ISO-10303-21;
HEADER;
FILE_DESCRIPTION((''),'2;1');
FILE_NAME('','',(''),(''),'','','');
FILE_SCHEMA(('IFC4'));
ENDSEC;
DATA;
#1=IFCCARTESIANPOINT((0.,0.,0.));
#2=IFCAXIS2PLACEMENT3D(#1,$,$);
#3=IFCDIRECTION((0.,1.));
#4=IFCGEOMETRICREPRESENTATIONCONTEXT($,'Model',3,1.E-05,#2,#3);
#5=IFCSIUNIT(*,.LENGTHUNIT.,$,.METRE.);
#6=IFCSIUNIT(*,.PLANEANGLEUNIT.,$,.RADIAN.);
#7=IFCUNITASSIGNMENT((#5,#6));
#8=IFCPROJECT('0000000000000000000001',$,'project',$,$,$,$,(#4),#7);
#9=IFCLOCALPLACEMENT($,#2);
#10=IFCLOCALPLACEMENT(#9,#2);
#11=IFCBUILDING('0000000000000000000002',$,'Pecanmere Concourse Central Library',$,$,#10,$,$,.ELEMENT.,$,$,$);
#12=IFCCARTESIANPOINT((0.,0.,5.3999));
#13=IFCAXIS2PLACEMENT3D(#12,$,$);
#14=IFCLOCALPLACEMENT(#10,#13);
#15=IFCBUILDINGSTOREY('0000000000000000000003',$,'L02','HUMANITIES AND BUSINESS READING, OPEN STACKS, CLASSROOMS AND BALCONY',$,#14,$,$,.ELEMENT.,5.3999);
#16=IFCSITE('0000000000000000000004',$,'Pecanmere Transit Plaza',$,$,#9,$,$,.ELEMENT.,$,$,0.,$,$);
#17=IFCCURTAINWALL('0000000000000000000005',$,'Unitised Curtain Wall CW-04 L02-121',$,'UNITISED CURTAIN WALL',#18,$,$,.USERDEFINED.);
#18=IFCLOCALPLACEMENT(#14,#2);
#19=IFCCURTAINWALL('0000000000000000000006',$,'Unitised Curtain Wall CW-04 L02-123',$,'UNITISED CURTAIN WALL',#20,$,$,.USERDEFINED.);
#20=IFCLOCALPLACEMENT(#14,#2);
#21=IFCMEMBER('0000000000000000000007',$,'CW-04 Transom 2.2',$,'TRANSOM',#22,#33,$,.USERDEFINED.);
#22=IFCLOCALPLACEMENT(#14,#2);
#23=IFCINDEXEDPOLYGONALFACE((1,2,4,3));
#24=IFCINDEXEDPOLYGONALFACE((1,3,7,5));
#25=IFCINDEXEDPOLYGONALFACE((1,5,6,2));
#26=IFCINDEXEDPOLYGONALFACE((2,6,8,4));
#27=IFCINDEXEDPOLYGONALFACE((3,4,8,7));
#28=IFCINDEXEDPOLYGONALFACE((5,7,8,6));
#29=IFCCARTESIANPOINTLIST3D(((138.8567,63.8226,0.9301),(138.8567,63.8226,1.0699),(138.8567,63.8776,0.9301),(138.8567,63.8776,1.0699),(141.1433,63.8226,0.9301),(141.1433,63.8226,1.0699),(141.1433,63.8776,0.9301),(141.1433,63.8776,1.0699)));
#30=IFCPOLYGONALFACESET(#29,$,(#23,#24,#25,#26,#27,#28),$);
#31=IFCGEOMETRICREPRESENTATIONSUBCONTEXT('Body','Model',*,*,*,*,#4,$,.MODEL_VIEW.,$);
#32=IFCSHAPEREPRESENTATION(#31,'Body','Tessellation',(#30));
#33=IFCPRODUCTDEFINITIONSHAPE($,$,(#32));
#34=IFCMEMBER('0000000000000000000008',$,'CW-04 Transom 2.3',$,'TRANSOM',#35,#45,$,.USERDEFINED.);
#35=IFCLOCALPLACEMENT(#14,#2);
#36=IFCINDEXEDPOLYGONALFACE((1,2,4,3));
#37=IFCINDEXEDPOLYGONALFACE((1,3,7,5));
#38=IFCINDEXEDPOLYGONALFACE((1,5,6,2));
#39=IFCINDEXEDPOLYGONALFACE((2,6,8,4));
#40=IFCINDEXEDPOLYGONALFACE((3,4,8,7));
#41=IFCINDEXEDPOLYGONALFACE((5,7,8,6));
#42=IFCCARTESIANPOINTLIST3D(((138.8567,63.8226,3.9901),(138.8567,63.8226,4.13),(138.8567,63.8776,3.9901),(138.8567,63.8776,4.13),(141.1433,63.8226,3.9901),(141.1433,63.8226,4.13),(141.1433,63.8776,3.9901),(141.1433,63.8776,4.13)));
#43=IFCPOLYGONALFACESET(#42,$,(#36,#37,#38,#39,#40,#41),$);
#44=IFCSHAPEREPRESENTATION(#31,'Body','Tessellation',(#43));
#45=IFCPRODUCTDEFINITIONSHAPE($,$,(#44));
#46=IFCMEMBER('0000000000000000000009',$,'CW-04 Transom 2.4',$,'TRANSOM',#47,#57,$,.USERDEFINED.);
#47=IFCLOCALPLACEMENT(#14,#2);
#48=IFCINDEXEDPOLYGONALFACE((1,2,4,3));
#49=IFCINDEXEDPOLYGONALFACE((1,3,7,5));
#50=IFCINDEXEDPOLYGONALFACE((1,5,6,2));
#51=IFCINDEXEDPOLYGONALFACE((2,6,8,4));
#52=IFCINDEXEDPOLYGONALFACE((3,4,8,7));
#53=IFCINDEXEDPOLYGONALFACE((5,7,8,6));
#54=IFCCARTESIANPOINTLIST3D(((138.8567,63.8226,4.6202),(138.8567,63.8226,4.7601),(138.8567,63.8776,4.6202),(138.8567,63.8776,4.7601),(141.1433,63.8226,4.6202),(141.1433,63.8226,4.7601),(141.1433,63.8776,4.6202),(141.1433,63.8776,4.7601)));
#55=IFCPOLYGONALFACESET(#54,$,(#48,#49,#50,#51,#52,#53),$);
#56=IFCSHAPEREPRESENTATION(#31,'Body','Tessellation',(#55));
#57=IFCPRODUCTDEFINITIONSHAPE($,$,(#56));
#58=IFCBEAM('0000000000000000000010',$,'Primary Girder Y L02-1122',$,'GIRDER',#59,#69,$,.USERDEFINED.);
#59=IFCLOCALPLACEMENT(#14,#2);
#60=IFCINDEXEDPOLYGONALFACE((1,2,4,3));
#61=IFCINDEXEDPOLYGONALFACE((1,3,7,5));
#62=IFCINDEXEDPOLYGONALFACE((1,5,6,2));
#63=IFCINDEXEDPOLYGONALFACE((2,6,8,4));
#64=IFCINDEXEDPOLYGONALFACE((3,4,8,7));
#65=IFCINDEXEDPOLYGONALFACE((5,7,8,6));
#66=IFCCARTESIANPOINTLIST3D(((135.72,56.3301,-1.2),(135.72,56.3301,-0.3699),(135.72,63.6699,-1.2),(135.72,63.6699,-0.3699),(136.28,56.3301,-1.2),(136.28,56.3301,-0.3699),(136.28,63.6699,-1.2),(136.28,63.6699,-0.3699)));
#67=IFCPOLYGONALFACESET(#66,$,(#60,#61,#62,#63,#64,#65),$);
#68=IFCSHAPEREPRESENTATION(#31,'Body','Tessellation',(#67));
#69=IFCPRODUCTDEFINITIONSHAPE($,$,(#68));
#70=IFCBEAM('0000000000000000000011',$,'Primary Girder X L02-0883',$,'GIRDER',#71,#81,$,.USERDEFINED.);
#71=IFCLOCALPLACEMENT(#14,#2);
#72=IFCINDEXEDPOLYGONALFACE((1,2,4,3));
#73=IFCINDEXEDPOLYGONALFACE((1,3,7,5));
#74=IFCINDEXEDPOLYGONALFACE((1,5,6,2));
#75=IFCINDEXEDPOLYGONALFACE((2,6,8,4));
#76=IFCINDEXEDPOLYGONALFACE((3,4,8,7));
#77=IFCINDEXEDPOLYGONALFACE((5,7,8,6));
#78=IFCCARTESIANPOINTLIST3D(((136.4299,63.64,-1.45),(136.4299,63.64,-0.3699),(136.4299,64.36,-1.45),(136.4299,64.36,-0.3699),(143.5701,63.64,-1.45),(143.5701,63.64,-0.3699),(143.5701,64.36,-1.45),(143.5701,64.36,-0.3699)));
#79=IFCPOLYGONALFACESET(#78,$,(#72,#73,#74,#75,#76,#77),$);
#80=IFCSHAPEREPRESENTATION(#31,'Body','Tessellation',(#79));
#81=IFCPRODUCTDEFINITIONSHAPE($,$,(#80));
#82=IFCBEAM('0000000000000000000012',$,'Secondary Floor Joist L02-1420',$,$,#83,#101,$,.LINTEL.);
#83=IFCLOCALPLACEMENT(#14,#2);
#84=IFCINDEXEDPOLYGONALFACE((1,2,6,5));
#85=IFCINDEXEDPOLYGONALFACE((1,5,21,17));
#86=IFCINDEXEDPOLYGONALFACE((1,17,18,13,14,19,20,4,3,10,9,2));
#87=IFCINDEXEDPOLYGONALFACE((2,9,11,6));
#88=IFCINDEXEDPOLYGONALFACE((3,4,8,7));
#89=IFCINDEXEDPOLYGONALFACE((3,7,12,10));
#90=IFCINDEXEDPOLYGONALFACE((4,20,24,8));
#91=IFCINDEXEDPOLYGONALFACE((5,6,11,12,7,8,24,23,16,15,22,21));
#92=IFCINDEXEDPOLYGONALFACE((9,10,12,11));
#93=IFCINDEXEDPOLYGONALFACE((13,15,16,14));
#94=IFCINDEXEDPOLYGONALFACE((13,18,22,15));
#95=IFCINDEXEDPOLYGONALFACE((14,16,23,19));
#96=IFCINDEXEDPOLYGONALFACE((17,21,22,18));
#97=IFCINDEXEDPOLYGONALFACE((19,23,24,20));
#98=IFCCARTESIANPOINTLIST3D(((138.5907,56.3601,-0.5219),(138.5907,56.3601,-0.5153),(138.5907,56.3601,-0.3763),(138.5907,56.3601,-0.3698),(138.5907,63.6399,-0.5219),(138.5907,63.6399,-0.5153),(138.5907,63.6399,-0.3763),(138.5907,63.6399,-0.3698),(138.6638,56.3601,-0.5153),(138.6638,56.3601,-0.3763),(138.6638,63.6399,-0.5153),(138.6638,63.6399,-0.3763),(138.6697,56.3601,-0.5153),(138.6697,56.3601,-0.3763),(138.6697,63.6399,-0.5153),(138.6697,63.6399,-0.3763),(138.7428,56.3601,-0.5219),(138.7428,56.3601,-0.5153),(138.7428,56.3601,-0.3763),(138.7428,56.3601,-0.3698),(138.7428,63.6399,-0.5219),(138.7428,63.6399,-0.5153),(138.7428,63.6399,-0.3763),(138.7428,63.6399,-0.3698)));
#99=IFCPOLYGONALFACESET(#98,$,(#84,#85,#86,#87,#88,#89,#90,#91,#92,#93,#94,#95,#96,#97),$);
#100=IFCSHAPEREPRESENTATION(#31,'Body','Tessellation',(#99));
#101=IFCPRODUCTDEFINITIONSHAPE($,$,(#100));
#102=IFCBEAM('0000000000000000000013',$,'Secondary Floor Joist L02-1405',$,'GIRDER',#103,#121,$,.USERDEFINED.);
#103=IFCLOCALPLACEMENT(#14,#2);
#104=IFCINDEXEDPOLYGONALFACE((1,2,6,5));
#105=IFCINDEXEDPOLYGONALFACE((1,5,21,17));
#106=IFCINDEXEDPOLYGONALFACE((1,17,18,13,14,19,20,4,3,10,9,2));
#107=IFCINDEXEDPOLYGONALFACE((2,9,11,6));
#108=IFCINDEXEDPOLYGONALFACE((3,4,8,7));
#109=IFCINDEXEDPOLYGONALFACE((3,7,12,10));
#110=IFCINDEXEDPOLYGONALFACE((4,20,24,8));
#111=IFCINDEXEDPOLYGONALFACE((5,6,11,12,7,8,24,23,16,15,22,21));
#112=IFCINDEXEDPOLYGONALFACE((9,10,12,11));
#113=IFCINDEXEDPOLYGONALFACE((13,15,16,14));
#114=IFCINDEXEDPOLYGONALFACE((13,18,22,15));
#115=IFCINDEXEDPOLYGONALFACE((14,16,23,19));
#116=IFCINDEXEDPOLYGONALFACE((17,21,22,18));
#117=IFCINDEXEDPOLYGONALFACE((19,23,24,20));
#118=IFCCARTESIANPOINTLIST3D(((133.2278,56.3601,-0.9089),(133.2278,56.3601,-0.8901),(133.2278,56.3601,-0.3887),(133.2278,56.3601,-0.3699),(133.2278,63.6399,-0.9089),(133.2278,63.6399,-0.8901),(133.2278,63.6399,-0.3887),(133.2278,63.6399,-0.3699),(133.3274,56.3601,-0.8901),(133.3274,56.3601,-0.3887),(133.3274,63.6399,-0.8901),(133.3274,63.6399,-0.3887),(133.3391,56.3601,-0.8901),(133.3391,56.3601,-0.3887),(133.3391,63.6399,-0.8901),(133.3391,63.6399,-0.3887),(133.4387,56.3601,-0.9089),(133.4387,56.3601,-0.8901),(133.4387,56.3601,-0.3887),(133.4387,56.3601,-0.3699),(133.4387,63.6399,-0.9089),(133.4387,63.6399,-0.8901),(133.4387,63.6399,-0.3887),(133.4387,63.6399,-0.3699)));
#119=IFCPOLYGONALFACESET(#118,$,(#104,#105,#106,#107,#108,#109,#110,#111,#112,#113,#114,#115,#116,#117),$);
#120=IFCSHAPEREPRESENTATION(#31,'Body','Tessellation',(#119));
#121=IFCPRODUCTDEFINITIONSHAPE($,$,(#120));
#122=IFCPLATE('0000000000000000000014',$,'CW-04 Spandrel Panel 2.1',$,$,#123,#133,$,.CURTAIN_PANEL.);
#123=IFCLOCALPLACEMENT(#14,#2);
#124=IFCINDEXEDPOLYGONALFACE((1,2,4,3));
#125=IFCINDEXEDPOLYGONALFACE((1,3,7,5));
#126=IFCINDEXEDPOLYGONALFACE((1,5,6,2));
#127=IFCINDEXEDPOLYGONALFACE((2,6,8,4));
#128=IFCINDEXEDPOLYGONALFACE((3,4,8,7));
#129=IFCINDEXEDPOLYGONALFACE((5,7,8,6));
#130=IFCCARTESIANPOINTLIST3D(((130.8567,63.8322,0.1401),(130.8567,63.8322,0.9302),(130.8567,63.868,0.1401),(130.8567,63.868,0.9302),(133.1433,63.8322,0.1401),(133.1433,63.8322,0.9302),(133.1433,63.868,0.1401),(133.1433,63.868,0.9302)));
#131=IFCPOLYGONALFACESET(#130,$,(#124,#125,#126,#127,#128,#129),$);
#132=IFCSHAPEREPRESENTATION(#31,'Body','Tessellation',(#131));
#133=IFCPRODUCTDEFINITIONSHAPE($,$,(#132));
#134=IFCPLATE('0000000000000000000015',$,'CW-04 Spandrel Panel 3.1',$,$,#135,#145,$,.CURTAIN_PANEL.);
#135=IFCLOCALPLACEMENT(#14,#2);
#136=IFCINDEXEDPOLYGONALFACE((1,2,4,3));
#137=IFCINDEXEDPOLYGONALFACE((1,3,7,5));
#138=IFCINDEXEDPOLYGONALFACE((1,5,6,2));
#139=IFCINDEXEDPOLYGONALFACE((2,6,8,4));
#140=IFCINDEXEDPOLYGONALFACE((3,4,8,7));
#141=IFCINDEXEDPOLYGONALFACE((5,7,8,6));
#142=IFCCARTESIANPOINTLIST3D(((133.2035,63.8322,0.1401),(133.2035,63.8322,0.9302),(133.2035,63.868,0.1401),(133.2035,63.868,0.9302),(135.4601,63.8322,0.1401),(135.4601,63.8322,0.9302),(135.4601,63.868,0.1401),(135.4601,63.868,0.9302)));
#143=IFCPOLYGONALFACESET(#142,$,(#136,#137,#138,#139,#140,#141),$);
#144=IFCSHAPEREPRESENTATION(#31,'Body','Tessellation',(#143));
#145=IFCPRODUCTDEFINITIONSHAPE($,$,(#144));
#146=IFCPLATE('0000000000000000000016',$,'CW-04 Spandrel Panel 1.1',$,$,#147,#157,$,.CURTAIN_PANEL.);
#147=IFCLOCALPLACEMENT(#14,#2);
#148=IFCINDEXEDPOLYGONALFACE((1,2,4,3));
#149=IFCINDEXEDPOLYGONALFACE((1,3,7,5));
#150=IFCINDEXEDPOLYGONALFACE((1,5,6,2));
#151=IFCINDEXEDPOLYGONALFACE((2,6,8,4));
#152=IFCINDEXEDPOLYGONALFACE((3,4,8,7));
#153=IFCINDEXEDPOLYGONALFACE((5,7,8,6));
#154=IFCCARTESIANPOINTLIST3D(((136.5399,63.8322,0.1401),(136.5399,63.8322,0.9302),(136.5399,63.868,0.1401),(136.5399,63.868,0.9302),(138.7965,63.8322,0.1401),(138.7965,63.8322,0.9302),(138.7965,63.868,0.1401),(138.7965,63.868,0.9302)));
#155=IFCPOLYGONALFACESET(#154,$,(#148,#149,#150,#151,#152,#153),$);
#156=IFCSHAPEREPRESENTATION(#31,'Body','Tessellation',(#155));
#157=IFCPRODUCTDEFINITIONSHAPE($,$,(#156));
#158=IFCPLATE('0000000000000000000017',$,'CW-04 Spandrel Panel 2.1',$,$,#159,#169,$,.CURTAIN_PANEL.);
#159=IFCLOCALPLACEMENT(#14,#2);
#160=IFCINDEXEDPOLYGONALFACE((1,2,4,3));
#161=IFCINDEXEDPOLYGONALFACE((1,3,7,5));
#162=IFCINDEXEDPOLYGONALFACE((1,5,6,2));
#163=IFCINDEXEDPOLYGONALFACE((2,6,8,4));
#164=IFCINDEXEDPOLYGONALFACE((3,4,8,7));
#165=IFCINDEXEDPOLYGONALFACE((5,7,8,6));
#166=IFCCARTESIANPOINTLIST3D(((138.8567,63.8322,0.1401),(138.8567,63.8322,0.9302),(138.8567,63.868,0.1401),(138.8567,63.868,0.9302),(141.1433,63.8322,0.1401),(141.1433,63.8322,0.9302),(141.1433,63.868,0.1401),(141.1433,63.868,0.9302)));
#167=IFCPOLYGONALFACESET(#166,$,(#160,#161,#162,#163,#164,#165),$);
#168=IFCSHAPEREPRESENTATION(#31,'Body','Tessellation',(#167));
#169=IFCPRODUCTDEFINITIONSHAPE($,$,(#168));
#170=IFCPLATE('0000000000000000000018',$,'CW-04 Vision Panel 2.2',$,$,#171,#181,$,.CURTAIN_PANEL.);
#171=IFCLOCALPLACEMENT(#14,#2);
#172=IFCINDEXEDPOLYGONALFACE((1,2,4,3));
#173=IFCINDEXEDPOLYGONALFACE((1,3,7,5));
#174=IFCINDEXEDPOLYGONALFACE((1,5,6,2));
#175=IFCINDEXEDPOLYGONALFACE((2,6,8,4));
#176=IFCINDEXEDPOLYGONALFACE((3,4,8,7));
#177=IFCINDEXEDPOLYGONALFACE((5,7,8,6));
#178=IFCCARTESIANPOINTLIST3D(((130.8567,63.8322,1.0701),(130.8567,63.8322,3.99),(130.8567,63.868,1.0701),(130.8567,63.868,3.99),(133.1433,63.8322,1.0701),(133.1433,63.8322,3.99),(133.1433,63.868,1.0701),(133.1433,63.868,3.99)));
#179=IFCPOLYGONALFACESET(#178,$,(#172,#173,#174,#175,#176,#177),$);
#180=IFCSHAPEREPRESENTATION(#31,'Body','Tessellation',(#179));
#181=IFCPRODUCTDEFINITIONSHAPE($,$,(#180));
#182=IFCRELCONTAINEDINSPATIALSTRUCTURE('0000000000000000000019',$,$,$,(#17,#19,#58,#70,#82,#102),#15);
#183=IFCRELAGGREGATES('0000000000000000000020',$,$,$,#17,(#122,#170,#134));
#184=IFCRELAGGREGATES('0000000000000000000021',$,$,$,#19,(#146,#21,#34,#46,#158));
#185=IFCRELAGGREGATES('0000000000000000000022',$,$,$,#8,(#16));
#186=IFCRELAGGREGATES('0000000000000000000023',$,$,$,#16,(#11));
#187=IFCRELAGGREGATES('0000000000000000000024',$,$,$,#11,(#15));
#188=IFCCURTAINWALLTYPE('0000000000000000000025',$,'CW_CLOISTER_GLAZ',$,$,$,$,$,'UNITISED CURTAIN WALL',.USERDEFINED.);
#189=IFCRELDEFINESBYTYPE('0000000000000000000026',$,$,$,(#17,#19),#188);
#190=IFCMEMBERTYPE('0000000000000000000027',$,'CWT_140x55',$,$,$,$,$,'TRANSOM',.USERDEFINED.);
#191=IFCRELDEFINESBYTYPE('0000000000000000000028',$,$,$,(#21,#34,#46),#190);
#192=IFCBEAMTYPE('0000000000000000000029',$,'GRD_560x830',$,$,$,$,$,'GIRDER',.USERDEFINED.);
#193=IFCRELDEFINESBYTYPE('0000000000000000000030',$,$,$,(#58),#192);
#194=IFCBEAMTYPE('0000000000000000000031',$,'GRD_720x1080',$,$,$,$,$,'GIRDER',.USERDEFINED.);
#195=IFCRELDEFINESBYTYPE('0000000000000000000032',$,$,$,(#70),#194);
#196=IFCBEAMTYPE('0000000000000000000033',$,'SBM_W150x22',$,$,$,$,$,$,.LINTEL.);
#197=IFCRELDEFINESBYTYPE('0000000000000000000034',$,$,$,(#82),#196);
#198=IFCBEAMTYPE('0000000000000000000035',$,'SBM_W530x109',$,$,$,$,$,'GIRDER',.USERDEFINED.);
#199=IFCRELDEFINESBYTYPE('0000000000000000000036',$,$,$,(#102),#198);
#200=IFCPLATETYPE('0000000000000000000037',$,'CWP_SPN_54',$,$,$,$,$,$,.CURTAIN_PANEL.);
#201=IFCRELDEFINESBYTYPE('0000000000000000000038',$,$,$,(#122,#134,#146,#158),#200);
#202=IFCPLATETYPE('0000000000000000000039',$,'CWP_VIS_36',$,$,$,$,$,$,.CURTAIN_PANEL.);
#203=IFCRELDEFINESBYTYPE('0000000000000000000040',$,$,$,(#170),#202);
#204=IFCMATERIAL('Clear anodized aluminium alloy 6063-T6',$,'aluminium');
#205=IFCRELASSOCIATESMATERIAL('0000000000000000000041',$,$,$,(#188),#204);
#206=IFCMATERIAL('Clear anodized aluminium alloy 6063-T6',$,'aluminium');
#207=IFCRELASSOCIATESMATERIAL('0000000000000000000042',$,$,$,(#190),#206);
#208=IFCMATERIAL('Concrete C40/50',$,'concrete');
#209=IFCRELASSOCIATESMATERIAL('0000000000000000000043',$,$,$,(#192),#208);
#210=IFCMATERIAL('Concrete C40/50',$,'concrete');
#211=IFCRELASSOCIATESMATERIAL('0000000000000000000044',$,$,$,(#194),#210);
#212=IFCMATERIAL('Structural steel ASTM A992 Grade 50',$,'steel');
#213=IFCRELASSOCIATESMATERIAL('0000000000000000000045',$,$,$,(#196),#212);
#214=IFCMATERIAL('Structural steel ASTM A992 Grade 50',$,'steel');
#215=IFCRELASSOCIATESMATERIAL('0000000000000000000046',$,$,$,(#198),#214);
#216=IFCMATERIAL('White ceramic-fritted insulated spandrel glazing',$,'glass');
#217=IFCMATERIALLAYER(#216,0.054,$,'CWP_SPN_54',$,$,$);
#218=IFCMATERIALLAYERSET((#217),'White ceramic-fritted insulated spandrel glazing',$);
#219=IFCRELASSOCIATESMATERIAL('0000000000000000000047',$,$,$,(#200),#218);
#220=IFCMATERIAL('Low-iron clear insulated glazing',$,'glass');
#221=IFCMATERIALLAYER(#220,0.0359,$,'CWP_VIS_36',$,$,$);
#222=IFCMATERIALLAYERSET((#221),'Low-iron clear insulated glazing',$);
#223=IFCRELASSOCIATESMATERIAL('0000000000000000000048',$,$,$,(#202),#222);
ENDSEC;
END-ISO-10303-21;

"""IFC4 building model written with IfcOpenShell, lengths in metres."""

from ifc_helpers import new_model, si_unit, direction, frame, origin, origin_2d, place, context, subcontext, project, spatial, rectangle, i_section, extrude, material, layer, layer_set, material_profile, profile_set, type_object, element, aggregate, save


model = new_model("IFC4")

# Units and contexts
model_context = context("Model", 3, precision=1e-05, world=origin(), true_north=direction((0.0, 1.0)))
body_context = subcontext(model_context, "Body", "Model", "MODEL_VIEW")
ifc_project = project(units=[si_unit("LENGTHUNIT", "METRE"), si_unit("PLANEANGLEUNIT", "RADIAN")], contexts=[model_context])

# Site, building, storey
site_placement = place(None, origin())
site = spatial("IfcSite", under=ifc_project, at=site_placement, Name="Pecanmere Transit Plaza", CompositionType="ELEMENT", RefElevation=0.0)
building_placement = place(site_placement, origin())
building = spatial("IfcBuilding", under=site, at=building_placement, Name="Pecanmere Concourse Central Library", CompositionType="ELEMENT")
storey_placement = place(building_placement, frame((0.0, 0.0, 5.3999)))
storey = spatial("IfcBuildingStorey", under=building, at=storey_placement, Name="L02", Description="HUMANITIES AND BUSINESS READING, OPEN STACKS, CLASSROOMS AND BALCONY", CompositionType="ELEMENT", Elevation=5.3999)

# Curtain walls
ifc_material_1 = material(Name="Clear anodized aluminium alloy 6063-T6", Category="aluminium")
curtain_wall_type = type_object("IfcCurtainWallType", Name="CW_CLOISTER_GLAZ", ElementType="UNITISED CURTAIN WALL", PredefinedType="USERDEFINED", material=ifc_material_1)
curtain_wall_1_placement = place(storey_placement, origin())
curtain_wall_1 = element("IfcCurtainWall", 1, at=curtain_wall_1_placement, inside=storey, type_object=curtain_wall_type, Name="Unitised Curtain Wall CW-04 L02-121", ObjectType="UNITISED CURTAIN WALL", PredefinedType="USERDEFINED")
curtain_wall_2_placement = place(storey_placement, origin())
curtain_wall_2 = element("IfcCurtainWall", 2, at=curtain_wall_2_placement, inside=storey, type_object=curtain_wall_type, Name="Unitised Curtain Wall CW-04 L02-123", ObjectType="UNITISED CURTAIN WALL", PredefinedType="USERDEFINED")

# Members
ifc_material_2 = material(Name="Clear anodized aluminium alloy 6063-T6", Category="aluminium")
ifc_material_profile_1 = material_profile(ifc_material_2, rectangle(XDim=0.0549, YDim=0.1399, at=origin_2d()), Name="AL 55x140")
ifc_profile_set_1 = profile_set([ifc_material_profile_1], Name="Clear anodized aluminium alloy 6063-T6")
member_type_1 = type_object("IfcMemberType", Name="CWT_140x55", ElementType="TRANSOM", PredefinedType="USERDEFINED", material=ifc_profile_set_1)
member_1_placement = place(storey_placement, frame((138.8567, 63.8501, 1.0), z_axis=(1.0, 0.0, 0.0), x_axis=(0.0, 1.0, 0.0)))
member_1 = element("IfcMember", 3, at=member_1_placement, type_object=member_type_1, Name="CW-04 Transom 2.2", ObjectType="TRANSOM", PredefinedType="USERDEFINED", context=body_context, shape_type="SweptSolid", body=[
    extrude(rectangle(XDim=0.0549, YDim=0.1399, at=origin_2d()), origin(), (0.0, 0.0, 1.0), 2.2866),
])
member_2_placement = place(storey_placement, frame((138.8567, 63.8501, 4.0601), z_axis=(1.0, 0.0, 0.0), x_axis=(0.0, 1.0, 0.0)))
member_2 = element("IfcMember", 4, at=member_2_placement, type_object=member_type_1, Name="CW-04 Transom 2.3", ObjectType="TRANSOM", PredefinedType="USERDEFINED", context=body_context, shape_type="SweptSolid", body=[
    extrude(rectangle(XDim=0.0549, YDim=0.1399, at=origin_2d()), origin(), (0.0, 0.0, 1.0), 2.2866),
])
member_3_placement = place(storey_placement, frame((138.8567, 63.8501, 4.6902), z_axis=(1.0, 0.0, 0.0), x_axis=(0.0, 1.0, 0.0)))
member_3 = element("IfcMember", 5, at=member_3_placement, type_object=member_type_1, Name="CW-04 Transom 2.4", ObjectType="TRANSOM", PredefinedType="USERDEFINED", context=body_context, shape_type="SweptSolid", body=[
    extrude(rectangle(XDim=0.0549, YDim=0.1399, at=origin_2d()), origin(), (0.0, 0.0, 1.0), 2.2866),
])

# Beams
ifc_material_3 = material(Name="Concrete C40/50", Category="concrete")
ifc_material_profile_2 = material_profile(ifc_material_3, rectangle(XDim=0.5601, YDim=0.8301, at=origin_2d()), Name="RC 560x830")
ifc_profile_set_2 = profile_set([ifc_material_profile_2], Name="Concrete C40/50")
beam_type_1 = type_object("IfcBeamType", Name="GRD_560x830", ElementType="GIRDER", PredefinedType="USERDEFINED", material=ifc_profile_set_2)
beam_1_placement = place(storey_placement, frame((136.0, 56.3301, -0.7849), z_axis=(0.0, 1.0, 0.0), x_axis=(-1.0, 0.0, 0.0)))
element("IfcBeam", 6, at=beam_1_placement, inside=storey, type_object=beam_type_1, Name="Primary Girder Y L02-1122", ObjectType="GIRDER", PredefinedType="USERDEFINED", context=body_context, shape_type="SweptSolid", body=[
    extrude(rectangle(XDim=0.5601, YDim=0.8301, at=origin_2d()), origin(), (0.0, 0.0, 1.0), 7.3398),
])
ifc_material_4 = material(Name="Concrete C40/50", Category="concrete")
ifc_material_profile_3 = material_profile(ifc_material_4, rectangle(XDim=0.72, YDim=1.0801, at=origin_2d()), Name="RC 720x1080")
ifc_profile_set_3 = profile_set([ifc_material_profile_3], Name="Concrete C40/50")
beam_type_2 = type_object("IfcBeamType", Name="GRD_720x1080", ElementType="GIRDER", PredefinedType="USERDEFINED", material=ifc_profile_set_3)
beam_2_placement = place(storey_placement, frame((136.4299, 64.0, -0.9099), z_axis=(1.0, 0.0, 0.0), x_axis=(0.0, 1.0, 0.0)))
element("IfcBeam", 7, at=beam_2_placement, inside=storey, type_object=beam_type_2, Name="Primary Girder X L02-0883", ObjectType="GIRDER", PredefinedType="USERDEFINED", context=body_context, shape_type="SweptSolid", body=[
    extrude(rectangle(XDim=0.72, YDim=1.0801, at=origin_2d()), origin(), (0.0, 0.0, 1.0), 7.1401),
])
ifc_material_5 = material(Name="Structural steel ASTM A992 Grade 50", Category="steel")
ifc_material_profile_4 = material_profile(ifc_material_5, i_section(OverallWidth=0.1521, OverallDepth=0.1521, WebThickness=0.0059, FlangeThickness=0.0066, at=origin_2d()), Name="W150x22.5")
ifc_profile_set_4 = profile_set([ifc_material_profile_4], Name="Structural steel ASTM A992 Grade 50")
beam_type_3 = type_object("IfcBeamType", Name="SBM_W150x22", PredefinedType="LINTEL", material=ifc_profile_set_4)
beam_3_placement = place(storey_placement, frame((138.6667, 56.3601, -0.4458), z_axis=(0.0, 1.0, 0.0), x_axis=(-1.0, 0.0, 0.0)))
element("IfcBeam", 8, at=beam_3_placement, inside=storey, type_object=beam_type_3, Name="Secondary Floor Joist L02-1420", PredefinedType="LINTEL", context=body_context, shape_type="SweptSolid", body=[
    extrude(i_section(OverallWidth=0.1521, OverallDepth=0.1521, WebThickness=0.0059, FlangeThickness=0.0066, at=origin_2d()), origin(), (0.0, 0.0, 1.0), 7.2798),
])
ifc_material_6 = material(Name="Structural steel ASTM A992 Grade 50", Category="steel")
ifc_material_profile_5 = material_profile(ifc_material_6, i_section(OverallWidth=0.2109, OverallDepth=0.5391, WebThickness=0.0117, FlangeThickness=0.0188, at=origin_2d()), Name="W530x109")
ifc_profile_set_5 = profile_set([ifc_material_profile_5], Name="Structural steel ASTM A992 Grade 50")
beam_type_4 = type_object("IfcBeamType", Name="SBM_W530x109", ElementType="GIRDER", PredefinedType="USERDEFINED", material=ifc_profile_set_5)
beam_4_placement = place(storey_placement, frame((133.3333, 56.3601, -0.6394), z_axis=(0.0, 1.0, 0.0), x_axis=(-1.0, 0.0, 0.0)))
element("IfcBeam", 9, at=beam_4_placement, inside=storey, type_object=beam_type_4, Name="Secondary Floor Joist L02-1405", ObjectType="GIRDER", PredefinedType="USERDEFINED", context=body_context, shape_type="SweptSolid", body=[
    extrude(i_section(OverallWidth=0.2109, OverallDepth=0.5391, WebThickness=0.0117, FlangeThickness=0.0188, at=origin_2d()), origin(), (0.0, 0.0, 1.0), 7.2798),
])

# Plates
ifc_material_7 = material(Name="White ceramic-fritted insulated spandrel glazing", Category="glass")
ifc_layer_1 = layer(ifc_material_7, 0.054, Name="CWP_SPN_54")
ifc_layer_set_1 = layer_set([ifc_layer_1], Name="White ceramic-fritted insulated spandrel glazing")
plate_type_1 = type_object("IfcPlateType", Name="CWP_SPN_54", PredefinedType="CURTAIN_PANEL", material=ifc_layer_set_1)
plate_1_placement = place(storey_placement, frame((132.0, 63.8501, 0.1401), z_axis=(0.0, 0.0, 1.0), x_axis=(1.0, 0.0, 0.0)))
plate_1 = element("IfcPlate", 10, at=plate_1_placement, type_object=plate_type_1, Name="CW-04 Spandrel Panel 2.1", PredefinedType="CURTAIN_PANEL", context=body_context, shape_type="SweptSolid", body=[
    extrude(rectangle(XDim=2.2866, YDim=0.0359, at=origin_2d()), origin(), (0.0, 0.0, 1.0), 0.79),
])
plate_2_placement = place(storey_placement, frame((134.3318, 63.8501, 0.1401), z_axis=(0.0, 0.0, 1.0), x_axis=(1.0, 0.0, 0.0)))
plate_2 = element("IfcPlate", 11, at=plate_2_placement, type_object=plate_type_1, Name="CW-04 Spandrel Panel 3.1", PredefinedType="CURTAIN_PANEL", context=body_context, shape_type="SweptSolid", body=[
    extrude(rectangle(XDim=2.2566, YDim=0.0359, at=origin_2d()), origin(), (0.0, 0.0, 1.0), 0.79),
])
plate_3_placement = place(storey_placement, frame((137.6682, 63.8501, 0.1401), z_axis=(0.0, 0.0, 1.0), x_axis=(1.0, 0.0, 0.0)))
plate_3 = element("IfcPlate", 12, at=plate_3_placement, type_object=plate_type_1, Name="CW-04 Spandrel Panel 1.1", PredefinedType="CURTAIN_PANEL", context=body_context, shape_type="SweptSolid", body=[
    extrude(rectangle(XDim=2.2566, YDim=0.0359, at=origin_2d()), origin(), (0.0, 0.0, 1.0), 0.79),
])
plate_4_placement = place(storey_placement, frame((140.0, 63.8501, 0.1401), z_axis=(0.0, 0.0, 1.0), x_axis=(1.0, 0.0, 0.0)))
plate_4 = element("IfcPlate", 13, at=plate_4_placement, type_object=plate_type_1, Name="CW-04 Spandrel Panel 2.1", PredefinedType="CURTAIN_PANEL", context=body_context, shape_type="SweptSolid", body=[
    extrude(rectangle(XDim=2.2866, YDim=0.0359, at=origin_2d()), origin(), (0.0, 0.0, 1.0), 0.79),
])
ifc_material_8 = material(Name="Low-iron clear insulated glazing", Category="glass")
ifc_layer_2 = layer(ifc_material_8, 0.0359, Name="CWP_VIS_36")
ifc_layer_set_2 = layer_set([ifc_layer_2], Name="Low-iron clear insulated glazing")
plate_type_2 = type_object("IfcPlateType", Name="CWP_VIS_36", PredefinedType="CURTAIN_PANEL", material=ifc_layer_set_2)
plate_5_placement = place(storey_placement, frame((132.0, 63.8501, 1.0701), z_axis=(0.0, 0.0, 1.0), x_axis=(1.0, 0.0, 0.0)))
plate_5 = element("IfcPlate", 14, at=plate_5_placement, type_object=plate_type_2, Name="CW-04 Vision Panel 2.2", PredefinedType="CURTAIN_PANEL", context=body_context, shape_type="SweptSolid", body=[
    extrude(rectangle(XDim=2.2866, YDim=0.0359, at=origin_2d()), origin(), (0.0, 0.0, 1.0), 2.9199),
])
aggregate(curtain_wall_1, [plate_1, plate_5, plate_2])
aggregate(curtain_wall_2, [plate_3, member_1, member_2, member_3, plate_4])

save(model, "model.ifc")
